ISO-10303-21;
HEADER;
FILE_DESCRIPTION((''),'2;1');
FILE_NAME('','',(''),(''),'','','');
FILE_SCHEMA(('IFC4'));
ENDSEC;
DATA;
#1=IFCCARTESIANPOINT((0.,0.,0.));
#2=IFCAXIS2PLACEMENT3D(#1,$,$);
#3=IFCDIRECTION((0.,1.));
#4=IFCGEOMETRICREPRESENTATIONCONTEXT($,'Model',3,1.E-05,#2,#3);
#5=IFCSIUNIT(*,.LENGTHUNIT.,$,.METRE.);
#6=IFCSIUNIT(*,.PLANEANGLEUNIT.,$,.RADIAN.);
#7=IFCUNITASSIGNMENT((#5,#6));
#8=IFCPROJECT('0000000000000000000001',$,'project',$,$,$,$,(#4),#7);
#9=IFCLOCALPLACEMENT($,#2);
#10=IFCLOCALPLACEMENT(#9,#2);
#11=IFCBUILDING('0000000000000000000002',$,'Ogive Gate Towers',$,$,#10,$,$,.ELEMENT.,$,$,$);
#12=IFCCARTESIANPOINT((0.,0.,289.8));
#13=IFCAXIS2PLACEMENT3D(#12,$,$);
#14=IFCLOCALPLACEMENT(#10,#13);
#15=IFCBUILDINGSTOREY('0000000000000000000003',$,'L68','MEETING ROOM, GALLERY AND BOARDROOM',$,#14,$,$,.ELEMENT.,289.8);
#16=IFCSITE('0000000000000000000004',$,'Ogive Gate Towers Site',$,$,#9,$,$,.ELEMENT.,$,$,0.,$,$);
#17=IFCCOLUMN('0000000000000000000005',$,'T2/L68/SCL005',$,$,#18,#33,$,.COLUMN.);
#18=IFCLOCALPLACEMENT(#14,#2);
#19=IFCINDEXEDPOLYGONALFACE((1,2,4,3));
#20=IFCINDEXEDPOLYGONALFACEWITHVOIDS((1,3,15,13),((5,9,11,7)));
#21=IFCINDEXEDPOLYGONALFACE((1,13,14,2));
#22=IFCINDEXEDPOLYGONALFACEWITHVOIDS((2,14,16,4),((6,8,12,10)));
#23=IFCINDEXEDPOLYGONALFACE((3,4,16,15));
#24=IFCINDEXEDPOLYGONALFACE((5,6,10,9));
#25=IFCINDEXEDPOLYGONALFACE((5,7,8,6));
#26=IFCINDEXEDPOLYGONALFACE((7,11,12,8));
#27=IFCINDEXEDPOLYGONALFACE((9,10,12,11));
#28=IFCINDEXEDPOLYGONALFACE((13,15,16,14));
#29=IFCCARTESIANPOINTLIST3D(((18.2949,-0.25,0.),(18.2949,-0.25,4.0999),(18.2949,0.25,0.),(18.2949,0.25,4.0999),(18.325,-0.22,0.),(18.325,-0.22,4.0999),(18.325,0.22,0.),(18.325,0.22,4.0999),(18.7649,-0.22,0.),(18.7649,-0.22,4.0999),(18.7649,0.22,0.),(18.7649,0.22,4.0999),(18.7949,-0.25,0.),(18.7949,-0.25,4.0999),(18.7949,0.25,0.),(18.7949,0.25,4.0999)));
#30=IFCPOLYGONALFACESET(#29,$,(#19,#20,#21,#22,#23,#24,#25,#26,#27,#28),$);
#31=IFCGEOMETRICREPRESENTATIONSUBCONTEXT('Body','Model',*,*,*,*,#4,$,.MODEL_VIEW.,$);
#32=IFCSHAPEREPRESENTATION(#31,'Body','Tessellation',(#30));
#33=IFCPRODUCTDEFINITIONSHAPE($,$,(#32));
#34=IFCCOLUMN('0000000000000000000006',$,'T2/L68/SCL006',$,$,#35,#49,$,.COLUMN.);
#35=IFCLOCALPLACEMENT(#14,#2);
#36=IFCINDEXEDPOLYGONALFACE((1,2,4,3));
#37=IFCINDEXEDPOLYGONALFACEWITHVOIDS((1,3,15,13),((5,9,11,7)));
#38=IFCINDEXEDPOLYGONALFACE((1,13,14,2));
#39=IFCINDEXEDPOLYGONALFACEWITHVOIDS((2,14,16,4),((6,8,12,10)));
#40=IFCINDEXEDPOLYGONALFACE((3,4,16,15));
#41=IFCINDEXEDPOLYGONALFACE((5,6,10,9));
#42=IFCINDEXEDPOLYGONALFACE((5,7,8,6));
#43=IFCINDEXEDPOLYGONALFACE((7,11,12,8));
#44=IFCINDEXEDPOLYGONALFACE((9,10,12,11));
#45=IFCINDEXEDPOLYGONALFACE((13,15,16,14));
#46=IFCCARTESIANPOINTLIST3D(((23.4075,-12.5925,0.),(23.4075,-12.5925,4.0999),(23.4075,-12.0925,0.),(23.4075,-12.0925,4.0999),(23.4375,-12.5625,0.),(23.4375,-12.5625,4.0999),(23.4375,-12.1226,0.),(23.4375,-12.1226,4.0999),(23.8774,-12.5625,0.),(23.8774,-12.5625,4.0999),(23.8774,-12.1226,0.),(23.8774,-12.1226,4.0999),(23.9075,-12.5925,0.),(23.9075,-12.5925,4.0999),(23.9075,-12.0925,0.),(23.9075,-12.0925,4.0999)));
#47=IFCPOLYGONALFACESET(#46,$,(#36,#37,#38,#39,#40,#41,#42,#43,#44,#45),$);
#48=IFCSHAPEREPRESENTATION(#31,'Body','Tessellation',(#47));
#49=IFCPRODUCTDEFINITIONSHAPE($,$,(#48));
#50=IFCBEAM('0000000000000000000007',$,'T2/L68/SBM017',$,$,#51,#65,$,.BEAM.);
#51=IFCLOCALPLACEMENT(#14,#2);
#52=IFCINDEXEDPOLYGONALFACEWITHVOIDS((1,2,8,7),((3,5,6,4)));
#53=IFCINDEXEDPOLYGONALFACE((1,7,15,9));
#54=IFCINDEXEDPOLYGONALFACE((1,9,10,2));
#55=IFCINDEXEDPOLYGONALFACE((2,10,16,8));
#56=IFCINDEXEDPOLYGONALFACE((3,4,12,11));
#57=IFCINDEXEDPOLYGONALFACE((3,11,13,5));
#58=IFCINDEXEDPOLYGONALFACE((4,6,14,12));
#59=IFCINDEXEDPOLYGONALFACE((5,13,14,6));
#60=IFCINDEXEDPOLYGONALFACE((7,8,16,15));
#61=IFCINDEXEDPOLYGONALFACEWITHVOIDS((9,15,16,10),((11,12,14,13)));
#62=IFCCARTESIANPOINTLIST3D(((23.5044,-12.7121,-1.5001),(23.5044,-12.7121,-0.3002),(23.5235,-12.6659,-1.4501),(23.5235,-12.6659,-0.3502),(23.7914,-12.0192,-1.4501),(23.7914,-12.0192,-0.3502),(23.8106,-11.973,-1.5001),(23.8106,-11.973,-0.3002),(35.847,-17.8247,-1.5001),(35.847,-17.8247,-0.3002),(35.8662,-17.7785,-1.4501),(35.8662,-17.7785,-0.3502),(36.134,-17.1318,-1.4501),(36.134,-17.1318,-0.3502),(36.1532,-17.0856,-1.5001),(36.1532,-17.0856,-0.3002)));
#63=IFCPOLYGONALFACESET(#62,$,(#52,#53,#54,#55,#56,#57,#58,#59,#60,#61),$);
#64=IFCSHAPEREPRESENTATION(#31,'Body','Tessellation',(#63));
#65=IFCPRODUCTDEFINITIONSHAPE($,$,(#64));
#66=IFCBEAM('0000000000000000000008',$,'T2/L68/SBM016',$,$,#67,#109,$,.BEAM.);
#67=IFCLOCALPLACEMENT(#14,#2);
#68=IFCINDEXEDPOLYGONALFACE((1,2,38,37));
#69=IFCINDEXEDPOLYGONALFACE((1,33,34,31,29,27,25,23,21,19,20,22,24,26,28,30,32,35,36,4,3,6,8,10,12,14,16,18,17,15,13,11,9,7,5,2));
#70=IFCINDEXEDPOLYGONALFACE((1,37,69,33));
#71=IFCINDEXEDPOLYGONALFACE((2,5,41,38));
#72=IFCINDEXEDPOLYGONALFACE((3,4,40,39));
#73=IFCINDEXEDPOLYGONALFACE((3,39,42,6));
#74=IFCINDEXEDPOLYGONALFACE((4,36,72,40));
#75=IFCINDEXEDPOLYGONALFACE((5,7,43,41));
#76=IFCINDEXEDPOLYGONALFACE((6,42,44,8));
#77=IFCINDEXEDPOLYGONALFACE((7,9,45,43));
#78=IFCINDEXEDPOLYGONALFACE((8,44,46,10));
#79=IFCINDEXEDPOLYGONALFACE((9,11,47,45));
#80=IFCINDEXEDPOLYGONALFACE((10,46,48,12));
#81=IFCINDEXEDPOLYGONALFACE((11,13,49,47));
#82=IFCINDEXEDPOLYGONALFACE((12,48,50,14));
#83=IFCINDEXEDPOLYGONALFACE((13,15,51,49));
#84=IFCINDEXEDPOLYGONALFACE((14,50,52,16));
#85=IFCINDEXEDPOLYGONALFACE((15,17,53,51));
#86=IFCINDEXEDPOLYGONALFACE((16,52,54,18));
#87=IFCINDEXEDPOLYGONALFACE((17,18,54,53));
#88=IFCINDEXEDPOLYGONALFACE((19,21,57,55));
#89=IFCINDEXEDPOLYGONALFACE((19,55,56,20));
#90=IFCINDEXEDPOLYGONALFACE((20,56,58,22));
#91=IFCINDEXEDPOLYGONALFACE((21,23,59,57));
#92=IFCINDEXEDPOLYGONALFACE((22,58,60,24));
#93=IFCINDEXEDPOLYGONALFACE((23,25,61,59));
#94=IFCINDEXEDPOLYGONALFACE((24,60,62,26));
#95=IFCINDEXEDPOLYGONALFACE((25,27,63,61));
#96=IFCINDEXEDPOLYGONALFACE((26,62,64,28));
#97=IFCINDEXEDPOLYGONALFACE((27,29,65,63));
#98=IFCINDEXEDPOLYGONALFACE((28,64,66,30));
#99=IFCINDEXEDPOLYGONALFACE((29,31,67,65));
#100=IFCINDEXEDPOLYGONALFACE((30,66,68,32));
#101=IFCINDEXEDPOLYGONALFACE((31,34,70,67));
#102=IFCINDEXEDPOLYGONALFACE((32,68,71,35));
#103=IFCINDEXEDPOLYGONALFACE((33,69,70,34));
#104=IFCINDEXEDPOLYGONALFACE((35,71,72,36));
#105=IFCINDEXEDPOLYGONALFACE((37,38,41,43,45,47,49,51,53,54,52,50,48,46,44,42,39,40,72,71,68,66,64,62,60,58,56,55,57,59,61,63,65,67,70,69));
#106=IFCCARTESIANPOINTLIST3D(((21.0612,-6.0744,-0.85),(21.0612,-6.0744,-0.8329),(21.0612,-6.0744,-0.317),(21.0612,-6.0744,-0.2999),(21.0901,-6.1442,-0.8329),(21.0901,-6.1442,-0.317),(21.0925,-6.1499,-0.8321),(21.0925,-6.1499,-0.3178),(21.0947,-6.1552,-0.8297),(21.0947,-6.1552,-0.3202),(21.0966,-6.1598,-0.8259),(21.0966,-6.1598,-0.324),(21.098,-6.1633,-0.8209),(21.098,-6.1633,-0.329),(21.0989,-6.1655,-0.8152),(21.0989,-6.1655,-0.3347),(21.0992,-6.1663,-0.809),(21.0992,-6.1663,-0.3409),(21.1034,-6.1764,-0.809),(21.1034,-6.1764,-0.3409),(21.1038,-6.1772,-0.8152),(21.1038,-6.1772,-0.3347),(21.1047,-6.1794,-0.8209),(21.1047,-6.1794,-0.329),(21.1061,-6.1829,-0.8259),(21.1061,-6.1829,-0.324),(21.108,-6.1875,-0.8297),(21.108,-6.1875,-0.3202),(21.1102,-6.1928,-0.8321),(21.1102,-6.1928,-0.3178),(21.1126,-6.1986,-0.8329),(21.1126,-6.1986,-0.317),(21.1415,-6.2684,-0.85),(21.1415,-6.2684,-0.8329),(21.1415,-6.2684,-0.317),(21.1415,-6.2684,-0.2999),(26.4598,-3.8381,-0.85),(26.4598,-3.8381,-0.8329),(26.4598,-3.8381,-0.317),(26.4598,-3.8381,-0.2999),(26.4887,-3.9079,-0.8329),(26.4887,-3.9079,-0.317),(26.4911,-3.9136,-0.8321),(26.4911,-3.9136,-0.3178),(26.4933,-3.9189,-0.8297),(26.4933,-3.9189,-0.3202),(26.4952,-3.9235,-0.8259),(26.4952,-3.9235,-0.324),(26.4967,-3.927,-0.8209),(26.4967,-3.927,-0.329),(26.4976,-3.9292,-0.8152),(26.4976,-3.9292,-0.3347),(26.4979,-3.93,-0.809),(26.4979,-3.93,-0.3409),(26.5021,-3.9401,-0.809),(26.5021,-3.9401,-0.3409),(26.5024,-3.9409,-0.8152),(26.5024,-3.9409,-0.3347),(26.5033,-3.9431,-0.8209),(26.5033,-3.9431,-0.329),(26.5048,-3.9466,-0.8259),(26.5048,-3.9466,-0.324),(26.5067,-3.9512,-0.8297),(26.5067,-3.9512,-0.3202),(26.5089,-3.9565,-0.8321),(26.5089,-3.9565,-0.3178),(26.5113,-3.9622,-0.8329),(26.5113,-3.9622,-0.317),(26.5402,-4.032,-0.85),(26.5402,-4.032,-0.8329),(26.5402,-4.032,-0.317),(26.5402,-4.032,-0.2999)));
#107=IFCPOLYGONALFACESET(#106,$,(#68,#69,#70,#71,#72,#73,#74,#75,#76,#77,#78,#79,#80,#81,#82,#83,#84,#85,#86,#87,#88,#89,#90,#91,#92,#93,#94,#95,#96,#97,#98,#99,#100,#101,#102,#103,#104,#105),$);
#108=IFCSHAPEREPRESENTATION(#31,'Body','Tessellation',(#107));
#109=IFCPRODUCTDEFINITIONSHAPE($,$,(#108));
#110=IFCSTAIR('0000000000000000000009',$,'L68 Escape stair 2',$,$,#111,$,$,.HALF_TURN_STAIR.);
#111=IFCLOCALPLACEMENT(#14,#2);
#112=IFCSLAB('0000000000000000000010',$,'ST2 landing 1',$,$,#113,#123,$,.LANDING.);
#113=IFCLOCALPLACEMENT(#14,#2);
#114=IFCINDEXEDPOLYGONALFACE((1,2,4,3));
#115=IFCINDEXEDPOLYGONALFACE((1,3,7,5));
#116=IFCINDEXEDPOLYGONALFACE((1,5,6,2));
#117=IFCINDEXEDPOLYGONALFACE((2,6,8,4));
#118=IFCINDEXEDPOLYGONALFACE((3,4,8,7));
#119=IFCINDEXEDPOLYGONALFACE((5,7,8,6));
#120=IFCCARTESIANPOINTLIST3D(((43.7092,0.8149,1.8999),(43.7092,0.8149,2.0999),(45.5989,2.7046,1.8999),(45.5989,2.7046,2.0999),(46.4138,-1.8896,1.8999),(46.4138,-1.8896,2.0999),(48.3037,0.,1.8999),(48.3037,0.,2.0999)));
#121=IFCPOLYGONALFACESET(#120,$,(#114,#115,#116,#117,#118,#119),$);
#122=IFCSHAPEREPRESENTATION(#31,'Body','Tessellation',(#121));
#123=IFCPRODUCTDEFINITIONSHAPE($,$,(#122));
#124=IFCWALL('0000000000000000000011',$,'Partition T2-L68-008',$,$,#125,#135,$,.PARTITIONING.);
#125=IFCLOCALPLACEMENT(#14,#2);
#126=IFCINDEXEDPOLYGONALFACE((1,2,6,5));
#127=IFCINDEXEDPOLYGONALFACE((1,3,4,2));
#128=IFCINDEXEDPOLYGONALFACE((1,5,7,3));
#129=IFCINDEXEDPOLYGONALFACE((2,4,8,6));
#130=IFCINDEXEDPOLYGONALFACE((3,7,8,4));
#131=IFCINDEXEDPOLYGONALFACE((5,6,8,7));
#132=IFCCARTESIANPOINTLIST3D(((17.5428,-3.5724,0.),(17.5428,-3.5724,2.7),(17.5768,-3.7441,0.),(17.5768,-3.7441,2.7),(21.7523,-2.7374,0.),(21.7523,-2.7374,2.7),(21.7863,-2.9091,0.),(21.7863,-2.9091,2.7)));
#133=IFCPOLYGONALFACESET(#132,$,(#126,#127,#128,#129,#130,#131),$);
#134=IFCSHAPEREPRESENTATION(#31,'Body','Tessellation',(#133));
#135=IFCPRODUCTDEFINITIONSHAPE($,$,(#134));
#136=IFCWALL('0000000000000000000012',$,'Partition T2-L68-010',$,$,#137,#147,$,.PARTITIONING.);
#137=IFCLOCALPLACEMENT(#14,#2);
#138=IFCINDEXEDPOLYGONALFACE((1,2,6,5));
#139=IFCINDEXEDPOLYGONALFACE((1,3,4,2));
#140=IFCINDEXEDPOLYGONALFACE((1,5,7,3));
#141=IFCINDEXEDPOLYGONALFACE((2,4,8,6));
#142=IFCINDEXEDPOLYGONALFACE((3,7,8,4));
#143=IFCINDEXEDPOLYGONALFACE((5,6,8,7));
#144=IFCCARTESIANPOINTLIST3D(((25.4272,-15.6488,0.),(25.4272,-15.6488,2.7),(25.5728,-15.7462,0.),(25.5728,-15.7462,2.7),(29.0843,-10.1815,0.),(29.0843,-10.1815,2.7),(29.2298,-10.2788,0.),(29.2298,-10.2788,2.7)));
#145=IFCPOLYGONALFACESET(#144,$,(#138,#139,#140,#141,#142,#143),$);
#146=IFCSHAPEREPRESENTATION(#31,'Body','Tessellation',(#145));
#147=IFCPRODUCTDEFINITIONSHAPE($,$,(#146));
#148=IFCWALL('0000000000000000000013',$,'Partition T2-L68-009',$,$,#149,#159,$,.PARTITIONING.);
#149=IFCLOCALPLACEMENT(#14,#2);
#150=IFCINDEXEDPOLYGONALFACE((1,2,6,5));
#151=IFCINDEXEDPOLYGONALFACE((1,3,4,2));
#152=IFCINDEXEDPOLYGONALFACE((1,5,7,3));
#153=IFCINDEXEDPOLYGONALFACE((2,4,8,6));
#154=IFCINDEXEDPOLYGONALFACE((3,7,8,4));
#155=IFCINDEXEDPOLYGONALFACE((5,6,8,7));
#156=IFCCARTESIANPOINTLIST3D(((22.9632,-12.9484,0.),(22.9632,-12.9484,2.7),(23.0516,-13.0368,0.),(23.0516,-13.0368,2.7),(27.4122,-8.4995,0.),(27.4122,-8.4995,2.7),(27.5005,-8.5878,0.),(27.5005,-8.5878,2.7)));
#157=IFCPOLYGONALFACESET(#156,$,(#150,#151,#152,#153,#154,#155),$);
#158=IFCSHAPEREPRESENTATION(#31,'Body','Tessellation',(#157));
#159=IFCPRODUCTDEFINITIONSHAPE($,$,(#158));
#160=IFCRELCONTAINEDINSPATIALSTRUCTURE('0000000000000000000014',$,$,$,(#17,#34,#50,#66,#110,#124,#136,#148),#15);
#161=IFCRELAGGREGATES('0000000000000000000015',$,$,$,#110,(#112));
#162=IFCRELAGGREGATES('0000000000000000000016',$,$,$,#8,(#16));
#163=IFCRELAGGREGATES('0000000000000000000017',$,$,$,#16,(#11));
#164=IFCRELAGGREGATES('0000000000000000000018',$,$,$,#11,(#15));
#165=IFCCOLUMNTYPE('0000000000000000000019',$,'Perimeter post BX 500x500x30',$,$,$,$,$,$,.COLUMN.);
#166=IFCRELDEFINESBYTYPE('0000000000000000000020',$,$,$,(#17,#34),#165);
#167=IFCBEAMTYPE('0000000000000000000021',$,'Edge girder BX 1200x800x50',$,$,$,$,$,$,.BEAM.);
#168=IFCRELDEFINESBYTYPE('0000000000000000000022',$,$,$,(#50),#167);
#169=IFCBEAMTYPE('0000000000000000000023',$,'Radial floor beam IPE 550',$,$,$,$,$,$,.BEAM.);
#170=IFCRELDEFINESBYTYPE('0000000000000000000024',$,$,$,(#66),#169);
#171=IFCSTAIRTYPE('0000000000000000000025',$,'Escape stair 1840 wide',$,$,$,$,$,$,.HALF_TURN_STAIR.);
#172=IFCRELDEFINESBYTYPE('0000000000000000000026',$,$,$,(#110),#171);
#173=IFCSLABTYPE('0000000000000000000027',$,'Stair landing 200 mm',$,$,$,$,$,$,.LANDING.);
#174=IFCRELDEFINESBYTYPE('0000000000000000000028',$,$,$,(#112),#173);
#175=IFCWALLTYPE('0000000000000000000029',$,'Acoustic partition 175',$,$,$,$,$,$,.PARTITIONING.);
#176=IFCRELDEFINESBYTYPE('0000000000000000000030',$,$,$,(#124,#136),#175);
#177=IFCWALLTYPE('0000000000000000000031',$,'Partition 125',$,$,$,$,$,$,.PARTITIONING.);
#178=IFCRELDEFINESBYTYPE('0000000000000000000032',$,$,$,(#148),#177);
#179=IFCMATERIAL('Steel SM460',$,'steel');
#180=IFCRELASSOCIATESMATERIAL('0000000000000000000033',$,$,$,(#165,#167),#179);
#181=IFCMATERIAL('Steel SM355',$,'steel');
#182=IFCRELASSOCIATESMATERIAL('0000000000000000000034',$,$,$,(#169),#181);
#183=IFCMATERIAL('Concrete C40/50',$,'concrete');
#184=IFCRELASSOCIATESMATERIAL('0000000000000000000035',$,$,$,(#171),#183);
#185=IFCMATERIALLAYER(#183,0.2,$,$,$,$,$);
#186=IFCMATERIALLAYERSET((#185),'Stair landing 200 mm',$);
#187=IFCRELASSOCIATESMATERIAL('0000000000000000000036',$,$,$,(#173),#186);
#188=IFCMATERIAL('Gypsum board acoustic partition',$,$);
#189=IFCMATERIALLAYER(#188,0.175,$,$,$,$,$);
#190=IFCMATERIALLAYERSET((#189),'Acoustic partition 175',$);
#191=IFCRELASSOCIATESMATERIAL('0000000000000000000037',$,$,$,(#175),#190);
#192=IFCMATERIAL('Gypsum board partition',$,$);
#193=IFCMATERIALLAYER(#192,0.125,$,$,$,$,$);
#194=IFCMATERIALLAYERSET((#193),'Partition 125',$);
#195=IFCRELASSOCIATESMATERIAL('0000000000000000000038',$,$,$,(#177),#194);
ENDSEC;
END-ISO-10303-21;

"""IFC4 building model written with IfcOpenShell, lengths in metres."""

from ifc_helpers import new_model, si_unit, direction, frame, frame_2d, origin, origin_2d, place, context, subcontext, project, spatial, polyline, rectangle, hollow_rectangle, i_section, outline, extrude, material, layer, layer_set, material_profile, profile_set, type_object, element, aggregate, save


model = new_model("IFC4")

# Units and contexts
model_context = context("Model", 3, precision=1e-05, world=origin(), true_north=direction((0.0, 1.0)))
body_context = subcontext(model_context, "Body", "Model", "MODEL_VIEW")
ifc_project = project(units=[si_unit("LENGTHUNIT", "METRE"), si_unit("PLANEANGLEUNIT", "RADIAN")], contexts=[model_context])

# Site, building, storey
site_placement = place(None, origin())
site = spatial("IfcSite", under=ifc_project, at=site_placement, Name="Ogive Gate Towers Site", CompositionType="ELEMENT", RefElevation=0.0)
building_placement = place(site_placement, origin())
building = spatial("IfcBuilding", under=site, at=building_placement, Name="Ogive Gate Towers", CompositionType="ELEMENT")
storey_placement = place(building_placement, frame((0.0, 0.0, 289.8)))
storey = spatial("IfcBuildingStorey", under=building, at=storey_placement, Name="L68", Description="MEETING ROOM, GALLERY AND BOARDROOM", CompositionType="ELEMENT", Elevation=289.8)

# Columns
ifc_material_1 = material(Name="Steel SM460", Category="steel")
ifc_material_profile_1 = material_profile(ifc_material_1, hollow_rectangle(XDim=0.5, YDim=0.5, WallThickness=0.03, at=origin_2d()), Name="BX 500x500x30")
ifc_profile_set_1 = profile_set([ifc_material_profile_1], Name="Steel SM460")
column_type = type_object("IfcColumnType", Name="Perimeter post BX 500x500x30", PredefinedType="COLUMN", material=ifc_profile_set_1)
for number, where, z_axis, x_axis, name in (
    (1, (18.5449, 0.0, 0.0), (0.0, 0.0, 1.0), (1.0, 0.0, 0.0), "T2/L68/SCL005"),
    (2, (23.6575, -12.3425, 0.0), (0.0, 0.0, 1.0), (1.0, 0.0, 0.0), "T2/L68/SCL006"),
):
    element("IfcColumn", number, at=place(storey_placement, frame(where, z_axis=z_axis, x_axis=x_axis)), inside=storey, type_object=column_type, Name=name, PredefinedType="COLUMN", context=body_context, shape_type="SweptSolid", body=[
        extrude(hollow_rectangle(XDim=0.5, YDim=0.5, WallThickness=0.03, at=origin_2d()), origin(), (0.0, 0.0, 1.0), 4.0999),
    ])

# Beams
ifc_material_profile_2 = material_profile(ifc_material_1, hollow_rectangle(XDim=0.8, YDim=1.2, WallThickness=0.05, at=origin_2d()), Name="BX 1200x800x50")
ifc_profile_set_2 = profile_set([ifc_material_profile_2], Name="Steel SM460")
beam_type_1 = type_object("IfcBeamType", Name="Edge girder BX 1200x800x50", PredefinedType="BEAM", material=ifc_profile_set_2)
beam_1_placement = place(storey_placement, frame((23.6575, -12.3425, -0.9001), z_axis=(0.923877, -0.38269, 0.0), x_axis=(0.38269, 0.923877, 0.0)))
element("IfcBeam", 3, at=beam_1_placement, inside=storey, type_object=beam_type_1, Name="T2/L68/SBM017", PredefinedType="BEAM", context=body_context, shape_type="SweptSolid", body=[
    extrude(hollow_rectangle(XDim=0.8, YDim=1.2, WallThickness=0.05, at=origin_2d()), origin(), (0.0, 0.0, 1.0), 13.3596),
])
ifc_material_2 = material(Name="Steel SM355", Category="steel")
ifc_material_profile_3 = material_profile(ifc_material_2, i_section(OverallWidth=0.21, OverallDepth=0.55, WebThickness=0.011, FlangeThickness=0.0171, FilletRadius=0.0239, at=origin_2d()), Name="IPE 550")
ifc_profile_set_3 = profile_set([ifc_material_profile_3], Name="Steel SM355")
beam_type_2 = type_object("IfcBeamType", Name="Radial floor beam IPE 550", PredefinedType="BEAM", material=ifc_profile_set_3)
beam_2_placement = place(storey_placement, frame((26.5, -3.9351, -0.575), z_axis=(-0.923872, -0.382701, 0.0), x_axis=(0.382701, -0.923872, 0.0)))
element("IfcBeam", 4, at=beam_2_placement, inside=storey, type_object=beam_type_2, Name="T2/L68/SBM016", PredefinedType="BEAM", context=body_context, shape_type="SweptSolid", body=[
    extrude(i_section(OverallWidth=0.21, OverallDepth=0.55, WebThickness=0.011, FlangeThickness=0.0171, FilletRadius=0.0239, at=origin_2d()), origin(), (0.0, 0.0, 1.0), 5.8435),
])

# Stair, slab
ifc_material_3 = material(Name="Concrete C40/50", Category="concrete")
stair_type = type_object("IfcStairType", Name="Escape stair 1840 wide", PredefinedType="HALF_TURN_STAIR", material=ifc_material_3)
stair_1_placement = place(storey_placement, origin())
stair_1 = element("IfcStair", 5, at=stair_1_placement, inside=storey, type_object=stair_type, Name="L68 Escape stair 2", PredefinedType="HALF_TURN_STAIR")
ifc_layer_1 = layer(ifc_material_3, 0.2)
ifc_layer_set_1 = layer_set([ifc_layer_1], Name="Stair landing 200 mm")
slab_type = type_object("IfcSlabType", Name="Stair landing 200 mm", PredefinedType="LANDING", material=ifc_layer_set_1)
slab_placement = place(storey_placement, frame((0.0, 0.0, 1.8999)))
slab = element("IfcSlab", 6, at=slab_placement, type_object=slab_type, Name="ST2 landing 1", PredefinedType="LANDING", context=body_context, shape_type="SweptSolid", body=[
    extrude(outline(polyline([(46.4138, -1.8896), (48.3037, 0.0), (45.5989, 2.7046), (43.7092, 0.8149), (46.4138, -1.8896)])), origin(), (0.0, 0.0, 1.0), 0.2),
])
aggregate(stair_1, [slab])

# Walls
ifc_material_4 = material(Name="Gypsum board acoustic partition")
ifc_layer_2 = layer(ifc_material_4, 0.175)
ifc_layer_set_2 = layer_set([ifc_layer_2], Name="Acoustic partition 175")
wall_type_1 = type_object("IfcWallType", Name="Acoustic partition 175", PredefinedType="PARTITIONING", material=ifc_layer_set_2)
wall_1_placement = place(storey_placement, frame((17.5598, -3.6582, 0.0), z_axis=(0.0, 0.0, 1.0), x_axis=(0.98089, 0.194562, 0.0)))
element("IfcWall", 7, at=wall_1_placement, inside=storey, type_object=wall_type_1, Name="Partition T2-L68-008", PredefinedType="PARTITIONING", context=body_context, shape_type="SweptSolid", body=[
    extrude(rectangle(XDim=4.2915, YDim=0.175, at=frame_2d((2.1458, 0.0))), origin(), (0.0, 0.0, 1.0), 2.7),
])
wall_2_placement = place(storey_placement, frame((25.5, -15.6975, 0.0), z_axis=(0.0, 0.0, 1.0), x_axis=(0.555976, 0.831198, 0.0)))
element("IfcWall", 8, at=wall_2_placement, inside=storey, type_object=wall_type_1, Name="Partition T2-L68-010", PredefinedType="PARTITIONING", context=body_context, shape_type="SweptSolid", body=[
    extrude(rectangle(XDim=6.5776, YDim=0.175, at=frame_2d((3.2888, 0.0))), origin(), (0.0, 0.0, 1.0), 2.7),
])
ifc_material_5 = material(Name="Gypsum board partition")
ifc_layer_3 = layer(ifc_material_5, 0.125)
ifc_layer_set_3 = layer_set([ifc_layer_3], Name="Partition 125")
wall_type_2 = type_object("IfcWallType", Name="Partition 125", PredefinedType="PARTITIONING", material=ifc_layer_set_3)
wall_3_placement = place(storey_placement, frame((23.0073, -12.9927, 0.0), z_axis=(0.0, 0.0, 1.0), x_axis=(0.707107, 0.707107, 0.0)))
element("IfcWall", 9, at=wall_3_placement, inside=storey, type_object=wall_type_2, Name="Partition T2-L68-009", PredefinedType="PARTITIONING", context=body_context, shape_type="SweptSolid", body=[
    extrude(rectangle(XDim=6.2917, YDim=0.125, at=frame_2d((3.146, 0.0))), origin(), (0.0, 0.0, 1.0), 2.7),
])

save(model, "model.ifc")
